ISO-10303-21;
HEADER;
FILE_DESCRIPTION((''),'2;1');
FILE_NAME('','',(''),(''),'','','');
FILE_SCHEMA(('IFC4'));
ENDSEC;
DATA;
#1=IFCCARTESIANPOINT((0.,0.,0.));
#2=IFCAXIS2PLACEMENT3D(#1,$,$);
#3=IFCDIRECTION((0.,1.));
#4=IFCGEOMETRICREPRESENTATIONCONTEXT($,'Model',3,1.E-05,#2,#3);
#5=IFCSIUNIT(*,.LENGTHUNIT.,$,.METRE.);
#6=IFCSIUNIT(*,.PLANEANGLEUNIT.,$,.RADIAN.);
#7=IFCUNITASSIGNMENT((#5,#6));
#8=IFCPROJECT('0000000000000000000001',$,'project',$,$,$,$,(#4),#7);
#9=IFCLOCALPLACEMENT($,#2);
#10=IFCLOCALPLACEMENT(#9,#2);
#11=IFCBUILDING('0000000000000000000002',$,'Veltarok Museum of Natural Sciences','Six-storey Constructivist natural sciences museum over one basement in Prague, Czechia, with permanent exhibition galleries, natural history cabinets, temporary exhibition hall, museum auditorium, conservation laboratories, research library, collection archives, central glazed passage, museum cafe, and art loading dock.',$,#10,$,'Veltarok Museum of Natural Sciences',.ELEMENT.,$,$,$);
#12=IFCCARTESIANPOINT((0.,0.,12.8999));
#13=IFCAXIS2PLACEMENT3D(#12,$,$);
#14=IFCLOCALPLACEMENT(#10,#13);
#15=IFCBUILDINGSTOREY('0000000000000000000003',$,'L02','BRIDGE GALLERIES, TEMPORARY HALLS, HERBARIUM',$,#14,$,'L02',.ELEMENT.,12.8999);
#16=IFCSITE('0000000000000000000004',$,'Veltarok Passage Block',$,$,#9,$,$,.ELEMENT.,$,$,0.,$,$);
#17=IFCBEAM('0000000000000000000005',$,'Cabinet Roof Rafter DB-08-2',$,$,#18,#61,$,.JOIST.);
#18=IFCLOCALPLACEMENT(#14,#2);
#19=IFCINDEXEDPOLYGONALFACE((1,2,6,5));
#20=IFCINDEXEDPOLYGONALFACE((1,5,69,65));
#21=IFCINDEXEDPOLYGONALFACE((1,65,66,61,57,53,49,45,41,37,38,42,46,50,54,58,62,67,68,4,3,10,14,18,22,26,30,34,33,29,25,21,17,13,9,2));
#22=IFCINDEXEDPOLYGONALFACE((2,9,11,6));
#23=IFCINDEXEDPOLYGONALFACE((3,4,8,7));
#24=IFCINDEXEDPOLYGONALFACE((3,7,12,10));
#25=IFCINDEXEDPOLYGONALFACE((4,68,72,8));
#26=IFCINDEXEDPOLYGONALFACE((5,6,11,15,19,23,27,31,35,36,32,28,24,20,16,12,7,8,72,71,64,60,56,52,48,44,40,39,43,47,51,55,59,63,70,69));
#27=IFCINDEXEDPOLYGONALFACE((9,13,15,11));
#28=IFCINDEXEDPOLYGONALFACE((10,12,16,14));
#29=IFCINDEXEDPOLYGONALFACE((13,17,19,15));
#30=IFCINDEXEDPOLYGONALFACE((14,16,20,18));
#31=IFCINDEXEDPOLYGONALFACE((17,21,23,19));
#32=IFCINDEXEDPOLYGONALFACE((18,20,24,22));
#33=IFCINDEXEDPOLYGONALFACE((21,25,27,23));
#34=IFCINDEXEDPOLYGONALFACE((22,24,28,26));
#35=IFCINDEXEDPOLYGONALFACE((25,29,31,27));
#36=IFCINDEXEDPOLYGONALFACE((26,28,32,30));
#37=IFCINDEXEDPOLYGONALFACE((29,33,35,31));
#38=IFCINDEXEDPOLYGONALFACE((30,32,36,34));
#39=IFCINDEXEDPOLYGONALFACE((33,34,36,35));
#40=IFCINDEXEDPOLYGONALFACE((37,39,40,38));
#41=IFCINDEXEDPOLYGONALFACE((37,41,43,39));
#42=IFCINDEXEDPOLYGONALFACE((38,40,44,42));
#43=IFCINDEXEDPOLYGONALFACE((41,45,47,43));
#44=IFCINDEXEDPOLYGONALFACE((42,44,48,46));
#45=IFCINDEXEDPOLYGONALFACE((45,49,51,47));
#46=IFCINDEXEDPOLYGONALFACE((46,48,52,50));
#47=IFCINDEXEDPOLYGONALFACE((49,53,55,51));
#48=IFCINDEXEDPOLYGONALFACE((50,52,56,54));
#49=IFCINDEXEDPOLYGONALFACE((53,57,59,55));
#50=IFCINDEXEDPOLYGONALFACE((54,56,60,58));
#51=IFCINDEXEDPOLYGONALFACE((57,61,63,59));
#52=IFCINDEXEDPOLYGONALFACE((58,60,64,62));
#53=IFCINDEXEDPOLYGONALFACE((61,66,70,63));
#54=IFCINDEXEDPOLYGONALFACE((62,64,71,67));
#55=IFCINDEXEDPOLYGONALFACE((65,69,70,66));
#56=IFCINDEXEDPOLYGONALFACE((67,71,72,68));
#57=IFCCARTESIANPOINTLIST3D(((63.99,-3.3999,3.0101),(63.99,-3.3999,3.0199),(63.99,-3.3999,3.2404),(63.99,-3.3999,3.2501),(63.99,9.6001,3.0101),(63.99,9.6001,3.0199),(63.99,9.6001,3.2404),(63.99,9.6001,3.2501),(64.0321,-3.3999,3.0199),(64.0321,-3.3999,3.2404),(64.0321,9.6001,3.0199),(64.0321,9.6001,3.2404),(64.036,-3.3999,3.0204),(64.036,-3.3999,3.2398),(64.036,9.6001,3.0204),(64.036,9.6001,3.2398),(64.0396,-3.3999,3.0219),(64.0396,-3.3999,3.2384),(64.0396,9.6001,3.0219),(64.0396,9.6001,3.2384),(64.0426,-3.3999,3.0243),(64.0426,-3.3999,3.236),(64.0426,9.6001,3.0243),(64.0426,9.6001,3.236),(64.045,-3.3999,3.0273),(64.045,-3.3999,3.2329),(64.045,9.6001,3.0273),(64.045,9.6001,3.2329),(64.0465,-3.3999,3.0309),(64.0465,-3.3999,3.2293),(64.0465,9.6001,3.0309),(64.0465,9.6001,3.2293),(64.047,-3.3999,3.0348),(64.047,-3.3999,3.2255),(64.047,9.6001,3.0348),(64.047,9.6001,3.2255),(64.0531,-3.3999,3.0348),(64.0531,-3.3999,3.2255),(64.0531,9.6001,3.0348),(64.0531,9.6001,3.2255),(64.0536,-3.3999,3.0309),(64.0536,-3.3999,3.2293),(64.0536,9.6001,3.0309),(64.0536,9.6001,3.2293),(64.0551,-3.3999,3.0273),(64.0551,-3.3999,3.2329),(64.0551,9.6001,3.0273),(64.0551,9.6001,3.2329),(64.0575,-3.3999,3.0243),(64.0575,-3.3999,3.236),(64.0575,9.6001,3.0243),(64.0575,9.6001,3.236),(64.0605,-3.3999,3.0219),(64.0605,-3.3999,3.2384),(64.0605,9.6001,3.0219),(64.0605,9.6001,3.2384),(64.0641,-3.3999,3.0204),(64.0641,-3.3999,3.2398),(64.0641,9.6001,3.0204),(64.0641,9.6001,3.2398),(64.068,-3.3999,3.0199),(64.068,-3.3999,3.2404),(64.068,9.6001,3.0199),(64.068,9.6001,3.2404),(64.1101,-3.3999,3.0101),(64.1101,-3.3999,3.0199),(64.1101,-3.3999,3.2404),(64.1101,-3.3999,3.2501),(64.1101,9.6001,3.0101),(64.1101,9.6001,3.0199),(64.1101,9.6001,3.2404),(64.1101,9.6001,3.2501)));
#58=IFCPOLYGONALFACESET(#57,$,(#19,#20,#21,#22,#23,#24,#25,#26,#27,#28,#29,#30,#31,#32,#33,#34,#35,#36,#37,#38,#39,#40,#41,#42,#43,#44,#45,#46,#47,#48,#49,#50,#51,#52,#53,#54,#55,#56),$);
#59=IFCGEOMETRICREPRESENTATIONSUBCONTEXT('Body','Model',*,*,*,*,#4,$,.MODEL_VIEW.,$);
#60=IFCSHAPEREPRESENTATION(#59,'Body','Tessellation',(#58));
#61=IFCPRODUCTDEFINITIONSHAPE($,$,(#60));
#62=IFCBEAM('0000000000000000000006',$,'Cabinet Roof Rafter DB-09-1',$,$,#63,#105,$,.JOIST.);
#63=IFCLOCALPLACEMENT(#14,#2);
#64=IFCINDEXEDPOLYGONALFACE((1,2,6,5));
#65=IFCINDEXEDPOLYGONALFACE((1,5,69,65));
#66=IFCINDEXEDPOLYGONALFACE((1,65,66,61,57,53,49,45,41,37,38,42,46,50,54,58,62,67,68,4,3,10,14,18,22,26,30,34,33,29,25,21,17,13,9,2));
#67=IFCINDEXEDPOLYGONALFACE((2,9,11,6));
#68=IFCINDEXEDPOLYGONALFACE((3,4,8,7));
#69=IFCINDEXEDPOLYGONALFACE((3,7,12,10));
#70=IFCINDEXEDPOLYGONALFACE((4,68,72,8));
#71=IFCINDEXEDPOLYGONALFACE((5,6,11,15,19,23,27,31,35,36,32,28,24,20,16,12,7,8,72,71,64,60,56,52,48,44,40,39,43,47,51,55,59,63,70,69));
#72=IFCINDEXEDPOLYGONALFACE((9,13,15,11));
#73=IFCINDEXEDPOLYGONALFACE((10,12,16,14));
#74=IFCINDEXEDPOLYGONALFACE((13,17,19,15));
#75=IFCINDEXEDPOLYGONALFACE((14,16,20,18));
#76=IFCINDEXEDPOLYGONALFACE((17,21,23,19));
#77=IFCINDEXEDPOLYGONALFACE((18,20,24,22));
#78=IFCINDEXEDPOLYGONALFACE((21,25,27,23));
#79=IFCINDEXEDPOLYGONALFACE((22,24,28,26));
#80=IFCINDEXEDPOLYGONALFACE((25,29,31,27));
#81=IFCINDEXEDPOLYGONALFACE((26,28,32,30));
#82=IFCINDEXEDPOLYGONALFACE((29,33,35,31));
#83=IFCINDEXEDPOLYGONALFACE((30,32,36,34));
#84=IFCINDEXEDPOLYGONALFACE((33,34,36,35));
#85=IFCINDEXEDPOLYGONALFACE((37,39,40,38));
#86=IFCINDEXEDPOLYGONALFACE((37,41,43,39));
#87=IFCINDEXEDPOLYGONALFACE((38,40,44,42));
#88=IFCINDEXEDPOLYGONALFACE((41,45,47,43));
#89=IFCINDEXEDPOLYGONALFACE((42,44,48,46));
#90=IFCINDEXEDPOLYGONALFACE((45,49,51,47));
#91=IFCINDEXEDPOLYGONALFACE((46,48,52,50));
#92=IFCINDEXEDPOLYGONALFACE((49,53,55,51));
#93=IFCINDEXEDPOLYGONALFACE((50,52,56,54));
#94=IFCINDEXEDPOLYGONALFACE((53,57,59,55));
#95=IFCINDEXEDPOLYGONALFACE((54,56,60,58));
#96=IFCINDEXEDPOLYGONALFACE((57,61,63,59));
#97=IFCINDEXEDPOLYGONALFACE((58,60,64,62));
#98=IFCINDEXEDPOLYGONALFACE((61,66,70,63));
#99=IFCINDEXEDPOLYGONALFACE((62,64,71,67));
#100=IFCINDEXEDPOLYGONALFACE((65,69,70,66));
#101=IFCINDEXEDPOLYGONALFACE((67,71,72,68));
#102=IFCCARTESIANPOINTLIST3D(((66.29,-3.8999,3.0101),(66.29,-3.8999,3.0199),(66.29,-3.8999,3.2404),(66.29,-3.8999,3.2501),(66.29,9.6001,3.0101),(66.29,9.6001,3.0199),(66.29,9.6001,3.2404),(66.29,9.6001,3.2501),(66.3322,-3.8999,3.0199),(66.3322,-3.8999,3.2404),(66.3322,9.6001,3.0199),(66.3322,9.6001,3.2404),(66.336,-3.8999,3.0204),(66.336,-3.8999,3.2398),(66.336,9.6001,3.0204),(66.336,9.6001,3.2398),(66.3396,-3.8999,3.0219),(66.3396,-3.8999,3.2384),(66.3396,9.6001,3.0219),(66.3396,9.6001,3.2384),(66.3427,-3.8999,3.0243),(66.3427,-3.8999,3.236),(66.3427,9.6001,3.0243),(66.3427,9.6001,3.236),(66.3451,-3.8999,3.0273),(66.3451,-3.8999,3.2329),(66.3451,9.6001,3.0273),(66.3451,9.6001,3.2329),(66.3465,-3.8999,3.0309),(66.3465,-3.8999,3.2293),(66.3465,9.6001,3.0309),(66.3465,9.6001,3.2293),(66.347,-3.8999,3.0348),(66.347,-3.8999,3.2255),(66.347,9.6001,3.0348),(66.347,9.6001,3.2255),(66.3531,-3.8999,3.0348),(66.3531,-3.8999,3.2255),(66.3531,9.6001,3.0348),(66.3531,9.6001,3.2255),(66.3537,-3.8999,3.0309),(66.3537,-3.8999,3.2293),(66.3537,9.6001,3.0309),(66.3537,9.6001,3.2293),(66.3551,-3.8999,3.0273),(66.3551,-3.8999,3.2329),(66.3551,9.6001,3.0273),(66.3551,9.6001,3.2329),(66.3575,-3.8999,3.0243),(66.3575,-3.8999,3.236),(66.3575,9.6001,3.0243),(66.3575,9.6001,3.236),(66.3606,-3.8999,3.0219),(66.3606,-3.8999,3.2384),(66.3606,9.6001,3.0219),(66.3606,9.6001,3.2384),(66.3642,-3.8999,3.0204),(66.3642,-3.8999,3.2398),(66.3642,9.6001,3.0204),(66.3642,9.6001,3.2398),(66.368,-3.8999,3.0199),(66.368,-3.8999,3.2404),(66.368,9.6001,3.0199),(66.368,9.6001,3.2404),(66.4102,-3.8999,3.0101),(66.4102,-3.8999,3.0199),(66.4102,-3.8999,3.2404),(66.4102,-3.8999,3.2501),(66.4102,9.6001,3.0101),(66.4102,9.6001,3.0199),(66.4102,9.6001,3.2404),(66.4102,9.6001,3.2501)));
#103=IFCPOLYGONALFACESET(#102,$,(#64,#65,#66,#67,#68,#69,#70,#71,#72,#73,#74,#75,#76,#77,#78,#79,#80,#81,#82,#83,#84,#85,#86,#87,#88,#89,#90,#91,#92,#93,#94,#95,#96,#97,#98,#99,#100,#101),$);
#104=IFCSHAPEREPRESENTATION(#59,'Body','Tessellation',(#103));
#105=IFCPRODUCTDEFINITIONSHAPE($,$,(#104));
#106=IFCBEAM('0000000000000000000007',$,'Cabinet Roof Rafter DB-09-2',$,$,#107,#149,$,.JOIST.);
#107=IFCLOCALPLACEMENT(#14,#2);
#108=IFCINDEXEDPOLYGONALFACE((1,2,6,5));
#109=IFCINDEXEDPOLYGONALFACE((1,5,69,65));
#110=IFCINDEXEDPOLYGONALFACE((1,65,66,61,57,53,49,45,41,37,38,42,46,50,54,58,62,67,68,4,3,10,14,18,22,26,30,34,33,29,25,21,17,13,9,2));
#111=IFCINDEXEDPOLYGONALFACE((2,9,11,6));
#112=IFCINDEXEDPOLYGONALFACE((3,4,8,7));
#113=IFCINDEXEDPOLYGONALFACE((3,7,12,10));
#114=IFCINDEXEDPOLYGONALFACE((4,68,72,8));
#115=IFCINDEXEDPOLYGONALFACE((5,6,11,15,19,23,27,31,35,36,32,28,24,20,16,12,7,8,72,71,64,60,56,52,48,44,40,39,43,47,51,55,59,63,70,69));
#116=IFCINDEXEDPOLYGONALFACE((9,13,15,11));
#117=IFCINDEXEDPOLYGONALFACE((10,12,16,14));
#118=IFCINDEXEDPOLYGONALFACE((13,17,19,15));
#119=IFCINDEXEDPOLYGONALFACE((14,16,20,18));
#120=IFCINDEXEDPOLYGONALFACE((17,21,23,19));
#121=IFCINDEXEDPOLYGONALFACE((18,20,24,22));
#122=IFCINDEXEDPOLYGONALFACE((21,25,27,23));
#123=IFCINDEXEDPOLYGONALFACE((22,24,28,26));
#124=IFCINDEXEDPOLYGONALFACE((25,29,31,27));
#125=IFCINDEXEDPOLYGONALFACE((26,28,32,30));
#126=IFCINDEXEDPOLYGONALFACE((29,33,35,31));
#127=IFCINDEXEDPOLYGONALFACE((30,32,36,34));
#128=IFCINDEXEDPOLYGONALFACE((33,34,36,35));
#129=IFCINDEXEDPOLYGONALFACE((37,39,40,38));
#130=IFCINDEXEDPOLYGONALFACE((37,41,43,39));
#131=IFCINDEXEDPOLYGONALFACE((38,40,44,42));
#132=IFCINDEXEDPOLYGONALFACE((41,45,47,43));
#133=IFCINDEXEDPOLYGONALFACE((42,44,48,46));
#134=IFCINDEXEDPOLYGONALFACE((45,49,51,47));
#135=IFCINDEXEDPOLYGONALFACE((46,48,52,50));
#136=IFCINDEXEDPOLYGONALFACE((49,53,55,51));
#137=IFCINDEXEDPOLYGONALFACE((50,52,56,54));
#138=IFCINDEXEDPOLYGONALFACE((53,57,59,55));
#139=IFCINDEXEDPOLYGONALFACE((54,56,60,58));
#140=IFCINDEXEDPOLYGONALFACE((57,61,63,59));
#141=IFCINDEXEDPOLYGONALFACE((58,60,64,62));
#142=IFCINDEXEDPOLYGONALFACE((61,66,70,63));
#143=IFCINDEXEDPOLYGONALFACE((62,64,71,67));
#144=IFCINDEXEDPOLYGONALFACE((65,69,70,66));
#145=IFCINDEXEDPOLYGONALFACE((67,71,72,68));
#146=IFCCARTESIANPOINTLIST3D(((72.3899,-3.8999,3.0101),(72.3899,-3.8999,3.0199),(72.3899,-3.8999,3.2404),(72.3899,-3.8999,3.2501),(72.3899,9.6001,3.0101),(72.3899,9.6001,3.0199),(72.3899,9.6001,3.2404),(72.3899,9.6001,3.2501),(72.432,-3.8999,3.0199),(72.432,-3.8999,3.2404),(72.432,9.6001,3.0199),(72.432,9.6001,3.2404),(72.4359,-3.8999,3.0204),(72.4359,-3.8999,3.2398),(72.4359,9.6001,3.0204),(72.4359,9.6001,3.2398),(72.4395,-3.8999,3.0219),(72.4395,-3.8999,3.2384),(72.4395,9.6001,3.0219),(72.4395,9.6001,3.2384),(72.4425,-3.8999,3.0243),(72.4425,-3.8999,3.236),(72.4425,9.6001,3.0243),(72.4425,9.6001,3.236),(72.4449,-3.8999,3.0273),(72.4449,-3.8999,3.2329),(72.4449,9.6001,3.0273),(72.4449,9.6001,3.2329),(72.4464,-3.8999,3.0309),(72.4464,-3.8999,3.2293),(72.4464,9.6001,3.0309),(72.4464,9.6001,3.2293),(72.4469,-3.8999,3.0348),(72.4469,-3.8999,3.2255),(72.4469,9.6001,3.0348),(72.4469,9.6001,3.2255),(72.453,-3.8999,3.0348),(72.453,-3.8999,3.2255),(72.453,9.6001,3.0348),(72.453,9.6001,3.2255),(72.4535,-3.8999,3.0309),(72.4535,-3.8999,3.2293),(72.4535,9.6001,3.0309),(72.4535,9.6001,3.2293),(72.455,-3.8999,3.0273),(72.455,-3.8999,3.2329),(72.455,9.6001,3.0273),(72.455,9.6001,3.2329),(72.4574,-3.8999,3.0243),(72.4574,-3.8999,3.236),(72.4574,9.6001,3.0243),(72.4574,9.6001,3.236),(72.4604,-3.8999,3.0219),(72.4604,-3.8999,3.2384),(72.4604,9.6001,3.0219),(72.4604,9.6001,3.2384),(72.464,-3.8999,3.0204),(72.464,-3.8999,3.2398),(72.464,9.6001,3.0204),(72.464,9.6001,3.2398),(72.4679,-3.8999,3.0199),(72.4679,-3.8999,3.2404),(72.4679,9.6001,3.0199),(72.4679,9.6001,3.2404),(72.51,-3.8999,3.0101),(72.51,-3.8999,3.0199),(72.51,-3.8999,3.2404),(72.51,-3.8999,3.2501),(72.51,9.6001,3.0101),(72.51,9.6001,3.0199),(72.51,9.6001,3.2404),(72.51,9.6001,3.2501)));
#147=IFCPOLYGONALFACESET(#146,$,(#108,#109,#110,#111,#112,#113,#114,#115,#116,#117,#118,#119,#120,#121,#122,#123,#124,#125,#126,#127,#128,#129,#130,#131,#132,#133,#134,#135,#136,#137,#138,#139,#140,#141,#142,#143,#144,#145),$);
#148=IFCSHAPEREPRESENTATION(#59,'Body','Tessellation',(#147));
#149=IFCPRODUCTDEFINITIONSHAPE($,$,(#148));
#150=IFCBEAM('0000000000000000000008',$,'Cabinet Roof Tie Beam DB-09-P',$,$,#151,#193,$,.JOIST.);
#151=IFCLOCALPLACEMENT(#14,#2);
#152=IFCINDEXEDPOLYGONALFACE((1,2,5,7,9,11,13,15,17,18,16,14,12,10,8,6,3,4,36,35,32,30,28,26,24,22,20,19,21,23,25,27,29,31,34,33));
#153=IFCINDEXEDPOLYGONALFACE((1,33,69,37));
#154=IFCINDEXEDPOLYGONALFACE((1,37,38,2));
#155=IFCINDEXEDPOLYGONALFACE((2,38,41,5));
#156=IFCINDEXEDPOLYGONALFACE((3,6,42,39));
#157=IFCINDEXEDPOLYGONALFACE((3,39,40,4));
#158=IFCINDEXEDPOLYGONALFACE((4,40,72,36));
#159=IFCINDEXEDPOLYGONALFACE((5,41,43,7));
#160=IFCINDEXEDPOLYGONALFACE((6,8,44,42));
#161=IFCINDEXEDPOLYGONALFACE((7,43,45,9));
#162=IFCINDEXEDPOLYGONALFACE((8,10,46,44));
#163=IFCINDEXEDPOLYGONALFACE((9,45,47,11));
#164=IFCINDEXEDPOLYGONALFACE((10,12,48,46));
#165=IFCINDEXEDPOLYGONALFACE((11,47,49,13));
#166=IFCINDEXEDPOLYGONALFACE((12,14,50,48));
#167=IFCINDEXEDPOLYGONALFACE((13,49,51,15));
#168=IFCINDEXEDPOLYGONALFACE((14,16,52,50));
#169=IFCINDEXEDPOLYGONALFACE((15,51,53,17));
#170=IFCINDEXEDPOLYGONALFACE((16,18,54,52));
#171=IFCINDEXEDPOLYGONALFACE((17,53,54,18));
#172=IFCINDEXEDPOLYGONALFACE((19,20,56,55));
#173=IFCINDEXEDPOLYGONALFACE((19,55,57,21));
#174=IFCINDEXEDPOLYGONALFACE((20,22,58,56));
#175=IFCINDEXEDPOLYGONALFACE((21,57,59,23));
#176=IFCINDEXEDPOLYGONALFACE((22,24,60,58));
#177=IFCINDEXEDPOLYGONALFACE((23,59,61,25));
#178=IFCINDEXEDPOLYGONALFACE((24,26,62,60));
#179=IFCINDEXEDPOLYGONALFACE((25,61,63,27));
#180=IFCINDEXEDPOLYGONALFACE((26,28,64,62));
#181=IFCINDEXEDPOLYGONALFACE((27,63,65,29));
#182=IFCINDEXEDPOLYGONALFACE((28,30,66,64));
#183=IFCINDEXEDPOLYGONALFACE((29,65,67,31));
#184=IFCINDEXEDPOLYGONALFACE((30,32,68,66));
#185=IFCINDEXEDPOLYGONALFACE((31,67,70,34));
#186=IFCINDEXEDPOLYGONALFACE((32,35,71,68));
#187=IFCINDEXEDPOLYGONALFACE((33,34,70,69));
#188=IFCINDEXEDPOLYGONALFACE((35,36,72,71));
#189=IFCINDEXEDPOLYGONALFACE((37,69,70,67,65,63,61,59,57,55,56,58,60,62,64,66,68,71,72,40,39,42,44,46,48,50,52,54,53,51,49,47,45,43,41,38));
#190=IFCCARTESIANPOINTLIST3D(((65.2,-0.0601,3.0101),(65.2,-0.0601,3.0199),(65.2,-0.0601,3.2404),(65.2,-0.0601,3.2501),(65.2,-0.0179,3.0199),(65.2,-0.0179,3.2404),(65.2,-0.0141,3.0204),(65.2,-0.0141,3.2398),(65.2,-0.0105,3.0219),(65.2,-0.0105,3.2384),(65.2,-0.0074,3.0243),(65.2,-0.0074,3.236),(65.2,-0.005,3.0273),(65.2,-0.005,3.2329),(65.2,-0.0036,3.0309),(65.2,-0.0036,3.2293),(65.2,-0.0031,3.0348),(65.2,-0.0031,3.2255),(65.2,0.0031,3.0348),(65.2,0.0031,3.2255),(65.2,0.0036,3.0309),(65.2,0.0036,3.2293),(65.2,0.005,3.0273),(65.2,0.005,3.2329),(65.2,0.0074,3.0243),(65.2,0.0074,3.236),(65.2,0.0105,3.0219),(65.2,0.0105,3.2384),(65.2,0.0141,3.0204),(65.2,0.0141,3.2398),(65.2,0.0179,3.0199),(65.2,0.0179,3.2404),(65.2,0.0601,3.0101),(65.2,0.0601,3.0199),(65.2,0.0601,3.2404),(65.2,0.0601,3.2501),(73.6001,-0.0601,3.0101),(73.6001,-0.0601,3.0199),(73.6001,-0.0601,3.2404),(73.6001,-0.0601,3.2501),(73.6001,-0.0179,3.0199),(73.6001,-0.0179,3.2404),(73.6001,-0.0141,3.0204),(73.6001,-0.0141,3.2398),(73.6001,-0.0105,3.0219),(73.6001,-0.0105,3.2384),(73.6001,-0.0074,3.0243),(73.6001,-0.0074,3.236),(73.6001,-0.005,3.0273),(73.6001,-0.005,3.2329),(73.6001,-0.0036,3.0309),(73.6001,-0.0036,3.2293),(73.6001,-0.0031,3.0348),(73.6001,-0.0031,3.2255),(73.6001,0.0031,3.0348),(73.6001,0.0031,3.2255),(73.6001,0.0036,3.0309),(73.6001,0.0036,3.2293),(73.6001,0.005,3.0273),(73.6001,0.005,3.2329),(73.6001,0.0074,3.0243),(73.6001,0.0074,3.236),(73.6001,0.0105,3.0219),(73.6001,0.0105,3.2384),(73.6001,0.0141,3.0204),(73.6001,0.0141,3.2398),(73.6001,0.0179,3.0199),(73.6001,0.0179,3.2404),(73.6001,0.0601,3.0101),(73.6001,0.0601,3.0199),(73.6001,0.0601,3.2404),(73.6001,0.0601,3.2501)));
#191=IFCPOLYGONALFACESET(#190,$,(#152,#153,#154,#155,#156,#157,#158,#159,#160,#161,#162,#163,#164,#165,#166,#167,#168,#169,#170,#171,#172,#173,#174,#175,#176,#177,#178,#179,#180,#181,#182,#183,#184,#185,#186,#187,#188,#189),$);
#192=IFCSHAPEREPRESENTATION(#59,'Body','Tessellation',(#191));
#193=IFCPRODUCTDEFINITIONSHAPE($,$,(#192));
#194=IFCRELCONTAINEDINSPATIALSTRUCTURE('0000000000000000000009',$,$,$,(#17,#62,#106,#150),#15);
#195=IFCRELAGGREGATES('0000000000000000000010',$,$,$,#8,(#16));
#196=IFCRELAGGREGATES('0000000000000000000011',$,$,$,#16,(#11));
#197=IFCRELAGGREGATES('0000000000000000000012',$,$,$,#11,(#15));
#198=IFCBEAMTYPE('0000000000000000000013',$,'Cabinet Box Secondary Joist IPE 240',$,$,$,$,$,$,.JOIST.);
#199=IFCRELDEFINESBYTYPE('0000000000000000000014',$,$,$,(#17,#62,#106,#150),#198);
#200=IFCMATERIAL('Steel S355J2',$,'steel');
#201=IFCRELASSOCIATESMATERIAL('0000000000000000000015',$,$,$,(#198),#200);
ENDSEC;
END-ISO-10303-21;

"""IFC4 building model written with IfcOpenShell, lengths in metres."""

from ifc_helpers import new_model, si_unit, direction, frame, origin, origin_2d, place, context, subcontext, project, spatial, i_section, extrude, material, material_profile, profile_set, type_object, element, save


model = new_model("IFC4")

# Units and contexts
model_context = context("Model", 3, precision=1e-05, world=origin(), true_north=direction((0.0, 1.0)))
body_context = subcontext(model_context, "Body", "Model", "MODEL_VIEW")
ifc_project = project(units=[si_unit("LENGTHUNIT", "METRE"), si_unit("PLANEANGLEUNIT", "RADIAN")], contexts=[model_context])

# Site, building, storey
site_placement = place(None, origin())
site = spatial("IfcSite", under=ifc_project, at=site_placement, Name="Veltarok Passage Block", CompositionType="ELEMENT", RefElevation=0.0)
building_placement = place(site_placement, origin())
building = spatial("IfcBuilding", under=site, at=building_placement, Name="Veltarok Museum of Natural Sciences", Description="Six-storey Constructivist natural sciences museum over one basement in Prague, Czechia, with permanent exhibition galleries, natural history cabinets, temporary exhibition hall, museum auditorium, conservation laboratories, research library, collection archives, central glazed passage, museum cafe, and art loading dock.", LongName="Veltarok Museum of Natural Sciences", CompositionType="ELEMENT")
storey_placement = place(building_placement, frame((0.0, 0.0, 12.8999)))
storey = spatial("IfcBuildingStorey", under=building, at=storey_placement, Name="L02", Description="BRIDGE GALLERIES, TEMPORARY HALLS, HERBARIUM", LongName="L02", CompositionType="ELEMENT", Elevation=12.8999)

# Beams
ifc_material_1 = material(Name="Steel S355J2", Category="steel")
ifc_material_profile_1 = material_profile(ifc_material_1, i_section(OverallWidth=0.1201, OverallDepth=0.24, WebThickness=0.0061, FlangeThickness=0.0098, FilletRadius=0.0149, at=origin_2d()), Name="IPE 240")
ifc_profile_set_1 = profile_set([ifc_material_profile_1], Name="Steel S355J2")
beam_type_1 = type_object("IfcBeamType", Name="Cabinet Box Secondary Joist IPE 240", PredefinedType="JOIST", material=ifc_profile_set_1)
beam_1_placement = place(storey_placement, frame((64.05, -3.3999, 3.1301), z_axis=(0.0, 1.0, 0.0), x_axis=(-1.0, 0.0, 0.0)))
element("IfcBeam", 1, at=beam_1_placement, inside=storey, type_object=beam_type_1, Name="Cabinet Roof Rafter DB-08-2", PredefinedType="JOIST", context=body_context, shape_type="SweptSolid", body=[
    extrude(i_section(OverallWidth=0.1201, OverallDepth=0.24, WebThickness=0.0061, FlangeThickness=0.0098, FilletRadius=0.0149, at=origin_2d()), origin(), (0.0, 0.0, 1.0), 13.0),
])
for number, where, z_axis, x_axis, name in (
    (2, (66.3501, -3.8999, 3.1301), (0.0, 1.0, 0.0), (-1.0, 0.0, 0.0), "Cabinet Roof Rafter DB-09-1"),
    (3, (72.45, -3.8999, 3.1301), (0.0, 1.0, 0.0), (-1.0, 0.0, 0.0), "Cabinet Roof Rafter DB-09-2"),
):
    element("IfcBeam", number, at=place(storey_placement, frame(where, z_axis=z_axis, x_axis=x_axis)), inside=storey, type_object=beam_type_1, Name=name, PredefinedType="JOIST", context=body_context, shape_type="SweptSolid", body=[
        extrude(i_section(OverallWidth=0.1201, OverallDepth=0.24, WebThickness=0.0061, FlangeThickness=0.0098, FilletRadius=0.0149, at=origin_2d()), origin(), (0.0, 0.0, 1.0), 13.5),
    ])
beam_2_placement = place(storey_placement, frame((65.2, 0.0, 3.1301), z_axis=(1.0, 0.0, 0.0), x_axis=(0.0, 1.0, 0.0)))
element("IfcBeam", 4, at=beam_2_placement, inside=storey, type_object=beam_type_1, Name="Cabinet Roof Tie Beam DB-09-P", PredefinedType="JOIST", context=body_context, shape_type="SweptSolid", body=[
    extrude(i_section(OverallWidth=0.1201, OverallDepth=0.24, WebThickness=0.0061, FlangeThickness=0.0098, FilletRadius=0.0149, at=origin_2d()), origin(), (0.0, 0.0, 1.0), 8.4001),
])

save(model, "model.ifc")
